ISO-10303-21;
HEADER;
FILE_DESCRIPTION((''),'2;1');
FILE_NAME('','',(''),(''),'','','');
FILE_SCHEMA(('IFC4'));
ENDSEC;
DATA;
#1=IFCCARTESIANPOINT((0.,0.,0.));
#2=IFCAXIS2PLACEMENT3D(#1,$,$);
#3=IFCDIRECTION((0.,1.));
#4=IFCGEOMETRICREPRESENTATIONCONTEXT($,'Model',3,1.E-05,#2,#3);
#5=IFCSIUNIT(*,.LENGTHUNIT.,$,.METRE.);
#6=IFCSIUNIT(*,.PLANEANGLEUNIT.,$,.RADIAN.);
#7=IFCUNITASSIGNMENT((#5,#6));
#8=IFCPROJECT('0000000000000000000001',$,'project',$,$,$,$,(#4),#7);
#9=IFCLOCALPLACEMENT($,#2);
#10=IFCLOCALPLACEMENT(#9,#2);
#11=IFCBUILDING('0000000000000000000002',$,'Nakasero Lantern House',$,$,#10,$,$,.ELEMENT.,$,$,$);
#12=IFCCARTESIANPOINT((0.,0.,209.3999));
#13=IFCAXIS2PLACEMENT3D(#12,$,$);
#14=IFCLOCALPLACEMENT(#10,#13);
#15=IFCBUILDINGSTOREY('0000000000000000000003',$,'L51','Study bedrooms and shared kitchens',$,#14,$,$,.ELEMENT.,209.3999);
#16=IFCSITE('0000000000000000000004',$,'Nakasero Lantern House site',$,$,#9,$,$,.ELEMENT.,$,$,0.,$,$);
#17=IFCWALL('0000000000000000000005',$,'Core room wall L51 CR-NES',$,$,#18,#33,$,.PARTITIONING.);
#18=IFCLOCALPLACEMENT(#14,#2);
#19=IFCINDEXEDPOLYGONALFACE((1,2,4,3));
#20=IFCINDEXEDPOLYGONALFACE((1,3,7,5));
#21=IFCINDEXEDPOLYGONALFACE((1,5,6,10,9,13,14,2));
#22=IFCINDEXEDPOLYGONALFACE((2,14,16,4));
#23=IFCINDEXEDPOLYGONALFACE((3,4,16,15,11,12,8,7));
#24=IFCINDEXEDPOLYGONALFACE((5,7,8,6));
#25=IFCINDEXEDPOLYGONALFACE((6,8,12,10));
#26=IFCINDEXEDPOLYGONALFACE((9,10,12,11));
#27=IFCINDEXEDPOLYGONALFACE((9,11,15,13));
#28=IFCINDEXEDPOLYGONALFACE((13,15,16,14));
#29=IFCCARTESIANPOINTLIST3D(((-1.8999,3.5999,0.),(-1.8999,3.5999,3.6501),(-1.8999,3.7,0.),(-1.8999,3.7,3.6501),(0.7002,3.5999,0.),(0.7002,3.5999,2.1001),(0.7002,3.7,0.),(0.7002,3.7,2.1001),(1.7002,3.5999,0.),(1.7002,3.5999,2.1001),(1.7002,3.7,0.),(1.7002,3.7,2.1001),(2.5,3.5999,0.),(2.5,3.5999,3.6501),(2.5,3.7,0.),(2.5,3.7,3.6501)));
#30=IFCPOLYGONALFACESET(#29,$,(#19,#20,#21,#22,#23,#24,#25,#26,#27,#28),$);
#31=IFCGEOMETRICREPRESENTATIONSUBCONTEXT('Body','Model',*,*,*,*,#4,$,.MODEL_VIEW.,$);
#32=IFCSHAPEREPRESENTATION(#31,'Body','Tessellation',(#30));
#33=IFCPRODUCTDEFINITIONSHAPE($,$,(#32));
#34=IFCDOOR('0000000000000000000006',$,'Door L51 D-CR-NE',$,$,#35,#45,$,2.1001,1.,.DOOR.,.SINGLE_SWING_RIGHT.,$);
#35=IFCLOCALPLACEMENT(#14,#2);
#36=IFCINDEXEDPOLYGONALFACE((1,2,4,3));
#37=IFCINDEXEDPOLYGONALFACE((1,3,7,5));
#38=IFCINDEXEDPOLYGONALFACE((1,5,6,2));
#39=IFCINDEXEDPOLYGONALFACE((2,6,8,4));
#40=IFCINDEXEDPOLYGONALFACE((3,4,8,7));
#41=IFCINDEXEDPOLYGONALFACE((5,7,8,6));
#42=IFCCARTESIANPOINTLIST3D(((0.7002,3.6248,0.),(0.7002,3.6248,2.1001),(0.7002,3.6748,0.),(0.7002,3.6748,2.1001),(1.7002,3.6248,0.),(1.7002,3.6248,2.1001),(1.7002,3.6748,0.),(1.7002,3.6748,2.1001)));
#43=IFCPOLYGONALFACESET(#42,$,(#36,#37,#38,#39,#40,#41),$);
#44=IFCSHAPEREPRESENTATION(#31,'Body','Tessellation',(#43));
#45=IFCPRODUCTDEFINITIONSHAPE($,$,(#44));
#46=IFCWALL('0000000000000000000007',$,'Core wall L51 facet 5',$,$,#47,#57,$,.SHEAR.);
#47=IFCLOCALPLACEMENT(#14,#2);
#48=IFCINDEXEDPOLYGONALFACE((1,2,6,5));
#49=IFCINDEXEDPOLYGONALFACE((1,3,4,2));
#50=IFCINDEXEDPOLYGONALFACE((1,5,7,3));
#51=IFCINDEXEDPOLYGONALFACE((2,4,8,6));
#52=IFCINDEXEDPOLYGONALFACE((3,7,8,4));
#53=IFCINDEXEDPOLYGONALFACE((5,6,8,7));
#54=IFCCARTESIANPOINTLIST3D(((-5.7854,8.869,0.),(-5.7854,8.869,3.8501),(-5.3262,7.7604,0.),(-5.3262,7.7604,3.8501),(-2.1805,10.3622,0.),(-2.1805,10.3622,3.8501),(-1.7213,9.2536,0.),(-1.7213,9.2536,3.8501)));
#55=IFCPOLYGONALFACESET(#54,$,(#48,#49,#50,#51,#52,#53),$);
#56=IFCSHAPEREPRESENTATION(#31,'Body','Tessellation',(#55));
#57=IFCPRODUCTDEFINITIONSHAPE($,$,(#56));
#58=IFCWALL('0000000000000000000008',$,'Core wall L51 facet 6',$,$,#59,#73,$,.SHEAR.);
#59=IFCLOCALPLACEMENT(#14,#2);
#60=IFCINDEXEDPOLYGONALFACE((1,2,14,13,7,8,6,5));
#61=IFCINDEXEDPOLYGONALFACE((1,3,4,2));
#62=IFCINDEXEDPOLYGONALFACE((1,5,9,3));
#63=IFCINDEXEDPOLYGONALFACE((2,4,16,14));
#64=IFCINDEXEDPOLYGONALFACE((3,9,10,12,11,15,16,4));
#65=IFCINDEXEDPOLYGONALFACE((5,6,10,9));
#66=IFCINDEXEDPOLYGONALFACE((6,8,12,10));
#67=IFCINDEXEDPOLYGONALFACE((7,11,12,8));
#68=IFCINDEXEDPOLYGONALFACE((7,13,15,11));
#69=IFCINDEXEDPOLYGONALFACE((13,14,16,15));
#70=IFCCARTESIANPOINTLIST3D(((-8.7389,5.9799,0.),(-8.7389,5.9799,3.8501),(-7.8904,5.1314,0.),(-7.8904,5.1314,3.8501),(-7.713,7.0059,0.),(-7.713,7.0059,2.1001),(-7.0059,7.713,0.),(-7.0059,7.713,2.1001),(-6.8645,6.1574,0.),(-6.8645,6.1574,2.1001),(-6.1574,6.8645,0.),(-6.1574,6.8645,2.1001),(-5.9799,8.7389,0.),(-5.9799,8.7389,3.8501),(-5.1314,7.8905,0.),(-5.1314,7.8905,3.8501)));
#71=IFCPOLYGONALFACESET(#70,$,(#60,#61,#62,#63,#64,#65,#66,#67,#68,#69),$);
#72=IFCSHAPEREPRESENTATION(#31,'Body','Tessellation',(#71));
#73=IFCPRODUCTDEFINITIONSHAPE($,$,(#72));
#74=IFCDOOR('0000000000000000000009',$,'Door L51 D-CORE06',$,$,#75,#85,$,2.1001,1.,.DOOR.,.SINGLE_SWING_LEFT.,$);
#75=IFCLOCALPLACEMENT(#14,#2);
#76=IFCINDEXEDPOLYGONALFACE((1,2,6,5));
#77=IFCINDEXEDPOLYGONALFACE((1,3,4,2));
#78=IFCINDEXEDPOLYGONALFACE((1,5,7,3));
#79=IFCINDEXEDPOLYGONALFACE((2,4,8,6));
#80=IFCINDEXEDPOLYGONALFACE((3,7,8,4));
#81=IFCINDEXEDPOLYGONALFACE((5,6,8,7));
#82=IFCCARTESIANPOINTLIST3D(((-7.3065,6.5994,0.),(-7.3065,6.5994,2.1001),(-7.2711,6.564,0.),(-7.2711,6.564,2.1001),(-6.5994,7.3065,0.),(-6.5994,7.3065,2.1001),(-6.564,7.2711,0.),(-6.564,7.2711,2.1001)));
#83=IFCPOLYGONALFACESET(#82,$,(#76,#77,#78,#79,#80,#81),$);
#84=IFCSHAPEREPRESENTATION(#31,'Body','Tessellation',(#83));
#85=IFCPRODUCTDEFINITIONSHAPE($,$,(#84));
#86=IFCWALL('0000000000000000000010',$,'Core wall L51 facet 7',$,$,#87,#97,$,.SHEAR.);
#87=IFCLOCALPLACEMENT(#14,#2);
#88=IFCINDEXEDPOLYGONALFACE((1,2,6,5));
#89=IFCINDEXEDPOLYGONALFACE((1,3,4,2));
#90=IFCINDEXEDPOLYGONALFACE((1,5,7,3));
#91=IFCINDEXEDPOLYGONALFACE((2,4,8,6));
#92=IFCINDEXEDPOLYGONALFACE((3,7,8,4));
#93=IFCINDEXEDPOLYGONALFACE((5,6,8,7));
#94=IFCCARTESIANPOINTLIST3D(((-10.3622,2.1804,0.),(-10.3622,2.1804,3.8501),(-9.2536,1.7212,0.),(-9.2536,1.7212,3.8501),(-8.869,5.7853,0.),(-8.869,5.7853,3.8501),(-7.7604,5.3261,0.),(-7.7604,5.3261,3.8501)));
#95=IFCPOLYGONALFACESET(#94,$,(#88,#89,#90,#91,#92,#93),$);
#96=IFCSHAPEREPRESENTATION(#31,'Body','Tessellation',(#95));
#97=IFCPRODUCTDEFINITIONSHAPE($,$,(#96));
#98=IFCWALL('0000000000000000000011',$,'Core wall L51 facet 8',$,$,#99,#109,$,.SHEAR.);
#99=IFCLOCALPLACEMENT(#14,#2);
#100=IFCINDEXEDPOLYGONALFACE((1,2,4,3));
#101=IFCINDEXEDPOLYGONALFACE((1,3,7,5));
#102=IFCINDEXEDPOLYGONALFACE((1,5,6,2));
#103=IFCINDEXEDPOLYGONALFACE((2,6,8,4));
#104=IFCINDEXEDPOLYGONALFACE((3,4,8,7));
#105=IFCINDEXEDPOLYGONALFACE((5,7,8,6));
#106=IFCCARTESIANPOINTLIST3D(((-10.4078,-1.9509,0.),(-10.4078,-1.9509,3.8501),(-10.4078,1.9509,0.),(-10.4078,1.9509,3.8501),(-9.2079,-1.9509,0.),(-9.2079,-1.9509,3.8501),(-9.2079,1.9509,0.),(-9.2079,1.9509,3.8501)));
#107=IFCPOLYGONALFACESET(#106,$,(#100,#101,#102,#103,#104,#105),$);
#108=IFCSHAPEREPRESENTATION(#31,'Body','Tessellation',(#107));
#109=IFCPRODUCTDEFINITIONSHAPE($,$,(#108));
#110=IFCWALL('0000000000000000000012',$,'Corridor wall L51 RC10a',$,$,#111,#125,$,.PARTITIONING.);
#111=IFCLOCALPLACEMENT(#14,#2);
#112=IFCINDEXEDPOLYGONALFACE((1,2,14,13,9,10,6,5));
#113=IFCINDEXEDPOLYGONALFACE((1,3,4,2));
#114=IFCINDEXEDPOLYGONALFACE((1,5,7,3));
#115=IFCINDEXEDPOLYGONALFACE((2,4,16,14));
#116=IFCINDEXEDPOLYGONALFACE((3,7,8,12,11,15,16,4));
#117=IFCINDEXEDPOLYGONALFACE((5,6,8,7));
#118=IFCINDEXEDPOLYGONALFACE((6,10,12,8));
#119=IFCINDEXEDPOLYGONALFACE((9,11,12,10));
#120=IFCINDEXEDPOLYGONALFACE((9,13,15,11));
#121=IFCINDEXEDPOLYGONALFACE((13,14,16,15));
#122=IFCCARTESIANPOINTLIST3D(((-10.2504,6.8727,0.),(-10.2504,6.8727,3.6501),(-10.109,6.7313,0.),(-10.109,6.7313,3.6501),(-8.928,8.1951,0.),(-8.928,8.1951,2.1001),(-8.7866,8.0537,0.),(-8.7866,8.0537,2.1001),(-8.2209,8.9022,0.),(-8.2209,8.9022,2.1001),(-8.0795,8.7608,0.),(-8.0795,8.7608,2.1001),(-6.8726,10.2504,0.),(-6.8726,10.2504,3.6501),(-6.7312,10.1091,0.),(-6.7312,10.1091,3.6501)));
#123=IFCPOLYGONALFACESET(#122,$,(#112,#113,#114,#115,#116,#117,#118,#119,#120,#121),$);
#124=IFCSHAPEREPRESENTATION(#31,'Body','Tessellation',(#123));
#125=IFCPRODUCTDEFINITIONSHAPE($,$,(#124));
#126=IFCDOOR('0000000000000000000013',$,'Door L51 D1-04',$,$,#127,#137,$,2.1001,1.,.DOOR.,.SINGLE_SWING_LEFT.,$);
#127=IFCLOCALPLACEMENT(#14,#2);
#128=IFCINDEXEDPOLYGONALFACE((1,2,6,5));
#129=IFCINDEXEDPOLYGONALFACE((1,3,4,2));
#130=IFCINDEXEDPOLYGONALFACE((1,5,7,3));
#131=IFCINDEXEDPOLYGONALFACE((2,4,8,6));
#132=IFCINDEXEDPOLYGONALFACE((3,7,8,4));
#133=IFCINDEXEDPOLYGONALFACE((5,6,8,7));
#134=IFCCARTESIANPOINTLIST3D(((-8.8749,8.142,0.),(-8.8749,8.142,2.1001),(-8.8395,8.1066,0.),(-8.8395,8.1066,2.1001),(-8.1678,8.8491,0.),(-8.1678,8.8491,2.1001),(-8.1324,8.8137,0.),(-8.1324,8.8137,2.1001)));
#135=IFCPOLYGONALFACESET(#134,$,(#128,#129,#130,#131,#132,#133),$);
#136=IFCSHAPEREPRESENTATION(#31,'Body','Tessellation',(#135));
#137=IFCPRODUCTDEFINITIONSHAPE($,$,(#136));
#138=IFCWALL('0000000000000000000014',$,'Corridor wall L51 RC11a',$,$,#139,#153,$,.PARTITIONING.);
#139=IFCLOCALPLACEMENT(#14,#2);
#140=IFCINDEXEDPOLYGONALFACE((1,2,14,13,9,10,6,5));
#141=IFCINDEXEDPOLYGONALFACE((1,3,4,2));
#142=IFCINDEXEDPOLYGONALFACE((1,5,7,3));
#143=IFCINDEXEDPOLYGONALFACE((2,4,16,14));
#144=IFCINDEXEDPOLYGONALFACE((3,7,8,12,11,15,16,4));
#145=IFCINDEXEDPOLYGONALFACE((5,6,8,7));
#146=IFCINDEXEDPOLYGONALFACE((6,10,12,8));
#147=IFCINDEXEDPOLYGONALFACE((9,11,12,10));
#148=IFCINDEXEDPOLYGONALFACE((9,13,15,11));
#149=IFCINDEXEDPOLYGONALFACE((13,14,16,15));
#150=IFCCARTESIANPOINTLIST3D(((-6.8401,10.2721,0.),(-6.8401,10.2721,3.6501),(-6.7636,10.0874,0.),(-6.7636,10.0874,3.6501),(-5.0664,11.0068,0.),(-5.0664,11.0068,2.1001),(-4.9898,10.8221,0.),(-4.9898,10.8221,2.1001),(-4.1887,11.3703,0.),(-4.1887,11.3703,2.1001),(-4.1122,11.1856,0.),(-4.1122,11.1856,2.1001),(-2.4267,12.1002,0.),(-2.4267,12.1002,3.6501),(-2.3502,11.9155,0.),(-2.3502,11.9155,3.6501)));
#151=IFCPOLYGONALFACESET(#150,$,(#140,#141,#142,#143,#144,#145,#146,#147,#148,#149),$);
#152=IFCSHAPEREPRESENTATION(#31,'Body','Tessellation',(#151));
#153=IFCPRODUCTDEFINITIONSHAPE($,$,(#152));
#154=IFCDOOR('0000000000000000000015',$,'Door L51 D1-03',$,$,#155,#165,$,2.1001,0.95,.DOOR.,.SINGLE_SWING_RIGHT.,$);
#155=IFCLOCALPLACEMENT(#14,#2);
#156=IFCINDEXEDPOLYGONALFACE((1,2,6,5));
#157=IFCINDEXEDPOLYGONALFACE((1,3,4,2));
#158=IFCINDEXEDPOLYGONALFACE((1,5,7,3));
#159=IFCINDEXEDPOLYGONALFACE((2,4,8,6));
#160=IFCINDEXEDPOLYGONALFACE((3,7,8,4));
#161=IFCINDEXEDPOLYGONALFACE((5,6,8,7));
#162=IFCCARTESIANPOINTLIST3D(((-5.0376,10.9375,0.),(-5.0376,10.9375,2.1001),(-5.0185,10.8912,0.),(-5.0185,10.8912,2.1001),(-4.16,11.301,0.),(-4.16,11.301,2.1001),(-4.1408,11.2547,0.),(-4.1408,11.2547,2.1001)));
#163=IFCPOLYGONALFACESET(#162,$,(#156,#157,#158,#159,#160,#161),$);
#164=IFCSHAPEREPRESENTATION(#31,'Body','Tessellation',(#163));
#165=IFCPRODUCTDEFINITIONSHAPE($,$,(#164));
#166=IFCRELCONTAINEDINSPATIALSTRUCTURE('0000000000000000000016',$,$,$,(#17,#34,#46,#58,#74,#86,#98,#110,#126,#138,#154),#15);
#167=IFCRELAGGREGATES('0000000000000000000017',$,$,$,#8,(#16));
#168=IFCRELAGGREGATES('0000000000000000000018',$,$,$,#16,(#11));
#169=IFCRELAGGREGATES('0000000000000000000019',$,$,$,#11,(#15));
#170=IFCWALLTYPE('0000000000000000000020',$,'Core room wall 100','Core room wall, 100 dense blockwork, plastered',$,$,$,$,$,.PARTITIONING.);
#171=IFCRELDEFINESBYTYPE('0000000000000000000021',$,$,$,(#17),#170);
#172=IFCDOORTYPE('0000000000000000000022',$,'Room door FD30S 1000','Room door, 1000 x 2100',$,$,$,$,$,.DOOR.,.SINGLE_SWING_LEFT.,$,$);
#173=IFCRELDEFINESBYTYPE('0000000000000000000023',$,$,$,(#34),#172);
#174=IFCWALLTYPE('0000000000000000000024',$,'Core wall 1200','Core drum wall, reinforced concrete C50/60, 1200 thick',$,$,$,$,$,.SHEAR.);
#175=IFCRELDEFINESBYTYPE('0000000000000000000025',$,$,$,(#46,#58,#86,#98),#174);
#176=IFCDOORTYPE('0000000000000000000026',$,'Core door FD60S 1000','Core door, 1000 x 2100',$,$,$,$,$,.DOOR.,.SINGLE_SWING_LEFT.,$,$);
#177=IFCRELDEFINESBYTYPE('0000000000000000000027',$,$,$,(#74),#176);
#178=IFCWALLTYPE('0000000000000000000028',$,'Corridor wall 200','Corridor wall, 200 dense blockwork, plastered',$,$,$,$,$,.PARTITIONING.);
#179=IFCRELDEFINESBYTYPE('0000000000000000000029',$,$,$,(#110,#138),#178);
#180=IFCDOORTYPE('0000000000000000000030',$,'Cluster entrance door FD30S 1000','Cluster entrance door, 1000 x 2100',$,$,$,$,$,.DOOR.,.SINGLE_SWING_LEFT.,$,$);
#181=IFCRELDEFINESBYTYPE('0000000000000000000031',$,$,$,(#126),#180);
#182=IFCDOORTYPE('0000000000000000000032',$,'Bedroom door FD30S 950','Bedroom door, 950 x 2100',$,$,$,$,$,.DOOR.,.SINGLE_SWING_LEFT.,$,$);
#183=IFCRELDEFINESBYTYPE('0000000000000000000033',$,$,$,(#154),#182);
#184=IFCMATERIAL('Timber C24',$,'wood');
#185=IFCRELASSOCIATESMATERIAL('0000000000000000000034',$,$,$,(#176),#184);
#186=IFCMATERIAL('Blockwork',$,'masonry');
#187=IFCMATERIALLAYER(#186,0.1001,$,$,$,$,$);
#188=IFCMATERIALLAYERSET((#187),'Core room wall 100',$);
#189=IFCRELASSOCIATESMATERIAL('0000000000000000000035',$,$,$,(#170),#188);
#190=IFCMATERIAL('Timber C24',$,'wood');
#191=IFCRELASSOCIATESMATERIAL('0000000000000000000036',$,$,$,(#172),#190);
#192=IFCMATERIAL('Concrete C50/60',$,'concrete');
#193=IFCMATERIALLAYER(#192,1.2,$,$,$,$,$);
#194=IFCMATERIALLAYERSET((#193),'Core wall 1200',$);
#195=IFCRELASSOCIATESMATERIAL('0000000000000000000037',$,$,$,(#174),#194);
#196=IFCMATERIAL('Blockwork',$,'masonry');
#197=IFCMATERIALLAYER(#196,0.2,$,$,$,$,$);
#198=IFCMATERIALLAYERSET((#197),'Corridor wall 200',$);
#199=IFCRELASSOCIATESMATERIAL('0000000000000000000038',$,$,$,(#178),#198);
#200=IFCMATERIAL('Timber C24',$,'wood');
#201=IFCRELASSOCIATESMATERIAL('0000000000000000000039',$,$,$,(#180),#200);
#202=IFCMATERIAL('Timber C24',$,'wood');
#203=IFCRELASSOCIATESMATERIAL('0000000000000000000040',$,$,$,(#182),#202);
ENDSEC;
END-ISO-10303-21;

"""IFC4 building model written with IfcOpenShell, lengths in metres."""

from ifc_helpers import new_model, si_unit, direction, frame, frame_2d, origin, place, context, subcontext, project, spatial, rectangle, extrude, material, layer, layer_set, type_object, element, fill, save


model = new_model("IFC4")

# Units and contexts
model_context = context("Model", 3, precision=1e-05, world=origin(), true_north=direction((0.0, 1.0)))
body_context = subcontext(model_context, "Body", "Model", "MODEL_VIEW")
ifc_project = project(units=[si_unit("LENGTHUNIT", "METRE"), si_unit("PLANEANGLEUNIT", "RADIAN")], contexts=[model_context])

# Site, building, storey
site_placement = place(None, origin())
site = spatial("IfcSite", under=ifc_project, at=site_placement, Name="Nakasero Lantern House site", CompositionType="ELEMENT", RefElevation=0.0)
building_placement = place(site_placement, origin())
building = spatial("IfcBuilding", under=site, at=building_placement, Name="Nakasero Lantern House", CompositionType="ELEMENT")
storey_placement = place(building_placement, frame((0.0, 0.0, 209.3999)))
storey = spatial("IfcBuildingStorey", under=building, at=storey_placement, Name="L51", Description="Study bedrooms and shared kitchens", CompositionType="ELEMENT", Elevation=209.3999)

# Shared definitions
ifc_material_1 = material(Name="Timber C24", Category="wood")
door_type_1 = type_object("IfcDoorType", Name="Core door FD60S 1000", Description="Core door, 1000 x 2100", OperationType="SINGLE_SWING_LEFT", PredefinedType="DOOR", material=ifc_material_1)

# Wall, opening, door
ifc_material_2 = material(Name="Blockwork", Category="masonry")
ifc_layer_1 = layer(ifc_material_2, 0.1001)
ifc_layer_set_1 = layer_set([ifc_layer_1], Name="Core room wall 100")
wall_type_1 = type_object("IfcWallType", Name="Core room wall 100", Description="Core room wall, 100 dense blockwork, plastered", PredefinedType="PARTITIONING", material=ifc_layer_set_1)
wall_1_placement = place(storey_placement, frame((-1.8999, 3.6499, 0.0), z_axis=(0.0, 0.0, 1.0), x_axis=(1.0, 0.0, 0.0)))
wall_1 = element("IfcWall", 1, at=wall_1_placement, inside=storey, type_object=wall_type_1, Name="Core room wall L51 CR-NES", PredefinedType="PARTITIONING", context=body_context, shape_type="SweptSolid", body=[
    extrude(rectangle(XDim=4.3999, YDim=0.1001, at=frame_2d((2.2, 0.0))), origin(), (0.0, 0.0, 1.0), 3.6501),
])
opening_1_placement = place(wall_1_placement, frame((2.6001, 0.0, 0.0)))
opening_1 = element("IfcOpeningElement", 2, at=opening_1_placement, cuts=wall_1, PredefinedType="OPENING", context=body_context, shape_type="SweptSolid", body=[
    extrude(rectangle(XDim=1.0, YDim=2.1001, at=frame_2d((0.5, 1.05))), frame((0.0, 0.0701, 0.0), z_axis=(0.0, -1.0, 0.0), x_axis=(1.0, 0.0, 0.0)), (0.0, 0.0, 1.0), 0.1401),
])
ifc_material_3 = material(Name="Timber C24", Category="wood")
door_type_2 = type_object("IfcDoorType", Name="Room door FD30S 1000", Description="Room door, 1000 x 2100", OperationType="SINGLE_SWING_LEFT", PredefinedType="DOOR", material=ifc_material_3)
door_1_placement = place(opening_1_placement, origin())
door_1 = element("IfcDoor", 3, at=door_1_placement, inside=storey, type_object=door_type_2, Name="Door L51 D-CR-NE", OperationType="SINGLE_SWING_RIGHT", OverallHeight=2.1001, OverallWidth=1.0, PredefinedType="DOOR", context=body_context, shape_type="SweptSolid", body=[
    extrude(rectangle(XDim=1.0, YDim=2.1001, at=frame_2d((0.5, 1.05))), frame((0.0, 0.0249, 0.0), z_axis=(0.0, -1.0, 0.0), x_axis=(1.0, 0.0, 0.0)), (0.0, 0.0, 1.0), 0.05),
])
fill(opening_1, door_1)

# Wall
ifc_material_4 = material(Name="Concrete C50/60", Category="concrete")
ifc_layer_2 = layer(ifc_material_4, 1.2)
ifc_layer_set_2 = layer_set([ifc_layer_2], Name="Core wall 1200")
wall_type_2 = type_object("IfcWallType", Name="Core wall 1200", Description="Core drum wall, reinforced concrete C50/60, 1200 thick", PredefinedType="SHEAR", material=ifc_layer_set_2)
wall_2_placement = place(storey_placement, frame((-1.9509, 9.8079, 0.0), z_axis=(0.0, 0.0, 1.0), x_axis=(-0.923877, -0.382691, 0.0)))
element("IfcWall", 4, at=wall_2_placement, inside=storey, type_object=wall_type_2, Name="Core wall L51 facet 5", PredefinedType="SHEAR", context=body_context, shape_type="SweptSolid", body=[
    extrude(rectangle(XDim=3.9019, YDim=1.2, at=frame_2d((1.9509, 0.0))), origin(), (0.0, 0.0, 1.0), 3.8501),
])

# Wall, opening, door
wall_3_placement = place(storey_placement, frame((-5.5557, 8.3147, 0.0), z_axis=(0.0, 0.0, 1.0), x_axis=(-0.707107, -0.707107, 0.0)))
wall_3 = element("IfcWall", 5, at=wall_3_placement, inside=storey, type_object=wall_type_2, Name="Core wall L51 facet 6", PredefinedType="SHEAR", context=body_context, shape_type="SweptSolid", body=[
    extrude(rectangle(XDim=3.9019, YDim=1.2, at=frame_2d((1.9509, 0.0))), origin(), (0.0, 0.0, 1.0), 3.8501),
])
opening_2_placement = place(wall_3_placement, frame((1.4509, 0.0, 0.0)))
opening_2 = element("IfcOpeningElement", 6, at=opening_2_placement, cuts=wall_3, PredefinedType="OPENING", context=body_context, shape_type="SweptSolid", body=[
    extrude(rectangle(XDim=1.0, YDim=2.1001, at=frame_2d((0.5, 1.05))), frame((0.0, 0.6199, 0.0), z_axis=(0.0, -1.0, 0.0), x_axis=(1.0, 0.0, 0.0)), (0.0, 0.0, 1.0), 1.24),
])
door_2_placement = place(opening_2_placement, origin())
door_2 = element("IfcDoor", 7, at=door_2_placement, inside=storey, type_object=door_type_1, Name="Door L51 D-CORE06", OperationType="SINGLE_SWING_LEFT", OverallHeight=2.1001, OverallWidth=1.0, PredefinedType="DOOR", context=body_context, shape_type="SweptSolid", body=[
    extrude(rectangle(XDim=1.0, YDim=2.1001, at=frame_2d((0.5, 1.05))), frame((0.0, 0.0249, 0.0), z_axis=(0.0, -1.0, 0.0), x_axis=(1.0, 0.0, 0.0)), (0.0, 0.0, 1.0), 0.05),
])
fill(opening_2, door_2)

# Walls
for number, where, z_axis, x_axis, name in (
    (8, (-8.3147, 5.5557, 0.0), (0.0, 0.0, 1.0), (-0.382691, -0.923877, 0.0), "Core wall L51 facet 7"),
    (9, (-9.8079, 1.9509, 0.0), (0.0, 0.0, 1.0), (0.0, -1.0, 0.0), "Core wall L51 facet 8"),
):
    element("IfcWall", number, at=place(storey_placement, frame(where, z_axis=z_axis, x_axis=x_axis)), inside=storey, type_object=wall_type_2, Name=name, PredefinedType="SHEAR", context=body_context, shape_type="SweptSolid", body=[
        extrude(rectangle(XDim=3.9019, YDim=1.2, at=frame_2d((1.9509, 0.0))), origin(), (0.0, 0.0, 1.0), 3.8501),
    ])

# Walls, openings, doors
ifc_material_5 = material(Name="Blockwork", Category="masonry")
ifc_layer_3 = layer(ifc_material_5, 0.2)
ifc_layer_set_3 = layer_set([ifc_layer_3], Name="Corridor wall 200")
wall_type_3 = type_object("IfcWallType", Name="Corridor wall 200", Description="Corridor wall, 200 dense blockwork, plastered", PredefinedType="PARTITIONING", material=ifc_layer_set_3)
wall_4_placement = place(storey_placement, frame((-10.1797, 6.802, 0.0), z_axis=(0.0, 0.0, 1.0), x_axis=(0.707107, 0.707107, 0.0)))
wall_4 = element("IfcWall", 10, at=wall_4_placement, inside=storey, type_object=wall_type_3, Name="Corridor wall L51 RC10a", PredefinedType="PARTITIONING", context=body_context, shape_type="SweptSolid", body=[
    extrude(rectangle(XDim=4.7769, YDim=0.2, at=frame_2d((2.3884, 0.0))), origin(), (0.0, 0.0, 1.0), 3.6501),
])
opening_3_placement = place(wall_4_placement, frame((1.8701, 0.0, 0.0)))
opening_3 = element("IfcOpeningElement", 11, at=opening_3_placement, cuts=wall_4, PredefinedType="OPENING", context=body_context, shape_type="SweptSolid", body=[
    extrude(rectangle(XDim=1.0, YDim=2.1001, at=frame_2d((0.5, 1.05))), frame((0.0, 0.1199, 0.0), z_axis=(0.0, -1.0, 0.0), x_axis=(1.0, 0.0, 0.0)), (0.0, 0.0, 1.0), 0.24),
])
ifc_material_6 = material(Name="Timber C24", Category="wood")
door_type_3 = type_object("IfcDoorType", Name="Cluster entrance door FD30S 1000", Description="Cluster entrance door, 1000 x 2100", OperationType="SINGLE_SWING_LEFT", PredefinedType="DOOR", material=ifc_material_6)
door_3_placement = place(opening_3_placement, origin())
door_3 = element("IfcDoor", 12, at=door_3_placement, inside=storey, type_object=door_type_3, Name="Door L51 D1-04", OperationType="SINGLE_SWING_LEFT", OverallHeight=2.1001, OverallWidth=1.0, PredefinedType="DOOR", context=body_context, shape_type="SweptSolid", body=[
    extrude(rectangle(XDim=1.0, YDim=2.1001, at=frame_2d((0.5, 1.05))), frame((0.0, 0.0249, 0.0), z_axis=(0.0, -1.0, 0.0), x_axis=(1.0, 0.0, 0.0)), (0.0, 0.0, 1.0), 0.05),
])
fill(opening_3, door_3)
wall_5_placement = place(storey_placement, frame((-6.802, 10.1797, 0.0), z_axis=(0.0, 0.0, 1.0), x_axis=(0.923882, 0.382677, 0.0)))
wall_5 = element("IfcWall", 13, at=wall_5_placement, inside=storey, type_object=wall_type_3, Name="Corridor wall L51 RC11a", PredefinedType="PARTITIONING", context=body_context, shape_type="SweptSolid", body=[
    extrude(rectangle(XDim=4.7771, YDim=0.2, at=frame_2d((2.3887, 0.0))), origin(), (0.0, 0.0, 1.0), 3.6501),
])
opening_4_placement = place(wall_5_placement, frame((1.9199, 0.0, 0.0)))
opening_4 = element("IfcOpeningElement", 14, at=opening_4_placement, cuts=wall_5, PredefinedType="OPENING", context=body_context, shape_type="SweptSolid", body=[
    extrude(rectangle(XDim=0.95, YDim=2.1001, at=frame_2d((0.4751, 1.05))), frame((0.0, 0.1199, 0.0), z_axis=(0.0, -1.0, 0.0), x_axis=(1.0, 0.0, 0.0)), (0.0, 0.0, 1.0), 0.24),
])
ifc_material_7 = material(Name="Timber C24", Category="wood")
door_type_4 = type_object("IfcDoorType", Name="Bedroom door FD30S 950", Description="Bedroom door, 950 x 2100", OperationType="SINGLE_SWING_LEFT", PredefinedType="DOOR", material=ifc_material_7)
door_4_placement = place(opening_4_placement, origin())
door_4 = element("IfcDoor", 15, at=door_4_placement, inside=storey, type_object=door_type_4, Name="Door L51 D1-03", OperationType="SINGLE_SWING_RIGHT", OverallHeight=2.1001, OverallWidth=0.95, PredefinedType="DOOR", context=body_context, shape_type="SweptSolid", body=[
    extrude(rectangle(XDim=0.95, YDim=2.1001, at=frame_2d((0.4751, 1.05))), frame((0.0, 0.0249, 0.0), z_axis=(0.0, -1.0, 0.0), x_axis=(1.0, 0.0, 0.0)), (0.0, 0.0, 1.0), 0.05),
])
fill(opening_4, door_4)

save(model, "model.ifc")
